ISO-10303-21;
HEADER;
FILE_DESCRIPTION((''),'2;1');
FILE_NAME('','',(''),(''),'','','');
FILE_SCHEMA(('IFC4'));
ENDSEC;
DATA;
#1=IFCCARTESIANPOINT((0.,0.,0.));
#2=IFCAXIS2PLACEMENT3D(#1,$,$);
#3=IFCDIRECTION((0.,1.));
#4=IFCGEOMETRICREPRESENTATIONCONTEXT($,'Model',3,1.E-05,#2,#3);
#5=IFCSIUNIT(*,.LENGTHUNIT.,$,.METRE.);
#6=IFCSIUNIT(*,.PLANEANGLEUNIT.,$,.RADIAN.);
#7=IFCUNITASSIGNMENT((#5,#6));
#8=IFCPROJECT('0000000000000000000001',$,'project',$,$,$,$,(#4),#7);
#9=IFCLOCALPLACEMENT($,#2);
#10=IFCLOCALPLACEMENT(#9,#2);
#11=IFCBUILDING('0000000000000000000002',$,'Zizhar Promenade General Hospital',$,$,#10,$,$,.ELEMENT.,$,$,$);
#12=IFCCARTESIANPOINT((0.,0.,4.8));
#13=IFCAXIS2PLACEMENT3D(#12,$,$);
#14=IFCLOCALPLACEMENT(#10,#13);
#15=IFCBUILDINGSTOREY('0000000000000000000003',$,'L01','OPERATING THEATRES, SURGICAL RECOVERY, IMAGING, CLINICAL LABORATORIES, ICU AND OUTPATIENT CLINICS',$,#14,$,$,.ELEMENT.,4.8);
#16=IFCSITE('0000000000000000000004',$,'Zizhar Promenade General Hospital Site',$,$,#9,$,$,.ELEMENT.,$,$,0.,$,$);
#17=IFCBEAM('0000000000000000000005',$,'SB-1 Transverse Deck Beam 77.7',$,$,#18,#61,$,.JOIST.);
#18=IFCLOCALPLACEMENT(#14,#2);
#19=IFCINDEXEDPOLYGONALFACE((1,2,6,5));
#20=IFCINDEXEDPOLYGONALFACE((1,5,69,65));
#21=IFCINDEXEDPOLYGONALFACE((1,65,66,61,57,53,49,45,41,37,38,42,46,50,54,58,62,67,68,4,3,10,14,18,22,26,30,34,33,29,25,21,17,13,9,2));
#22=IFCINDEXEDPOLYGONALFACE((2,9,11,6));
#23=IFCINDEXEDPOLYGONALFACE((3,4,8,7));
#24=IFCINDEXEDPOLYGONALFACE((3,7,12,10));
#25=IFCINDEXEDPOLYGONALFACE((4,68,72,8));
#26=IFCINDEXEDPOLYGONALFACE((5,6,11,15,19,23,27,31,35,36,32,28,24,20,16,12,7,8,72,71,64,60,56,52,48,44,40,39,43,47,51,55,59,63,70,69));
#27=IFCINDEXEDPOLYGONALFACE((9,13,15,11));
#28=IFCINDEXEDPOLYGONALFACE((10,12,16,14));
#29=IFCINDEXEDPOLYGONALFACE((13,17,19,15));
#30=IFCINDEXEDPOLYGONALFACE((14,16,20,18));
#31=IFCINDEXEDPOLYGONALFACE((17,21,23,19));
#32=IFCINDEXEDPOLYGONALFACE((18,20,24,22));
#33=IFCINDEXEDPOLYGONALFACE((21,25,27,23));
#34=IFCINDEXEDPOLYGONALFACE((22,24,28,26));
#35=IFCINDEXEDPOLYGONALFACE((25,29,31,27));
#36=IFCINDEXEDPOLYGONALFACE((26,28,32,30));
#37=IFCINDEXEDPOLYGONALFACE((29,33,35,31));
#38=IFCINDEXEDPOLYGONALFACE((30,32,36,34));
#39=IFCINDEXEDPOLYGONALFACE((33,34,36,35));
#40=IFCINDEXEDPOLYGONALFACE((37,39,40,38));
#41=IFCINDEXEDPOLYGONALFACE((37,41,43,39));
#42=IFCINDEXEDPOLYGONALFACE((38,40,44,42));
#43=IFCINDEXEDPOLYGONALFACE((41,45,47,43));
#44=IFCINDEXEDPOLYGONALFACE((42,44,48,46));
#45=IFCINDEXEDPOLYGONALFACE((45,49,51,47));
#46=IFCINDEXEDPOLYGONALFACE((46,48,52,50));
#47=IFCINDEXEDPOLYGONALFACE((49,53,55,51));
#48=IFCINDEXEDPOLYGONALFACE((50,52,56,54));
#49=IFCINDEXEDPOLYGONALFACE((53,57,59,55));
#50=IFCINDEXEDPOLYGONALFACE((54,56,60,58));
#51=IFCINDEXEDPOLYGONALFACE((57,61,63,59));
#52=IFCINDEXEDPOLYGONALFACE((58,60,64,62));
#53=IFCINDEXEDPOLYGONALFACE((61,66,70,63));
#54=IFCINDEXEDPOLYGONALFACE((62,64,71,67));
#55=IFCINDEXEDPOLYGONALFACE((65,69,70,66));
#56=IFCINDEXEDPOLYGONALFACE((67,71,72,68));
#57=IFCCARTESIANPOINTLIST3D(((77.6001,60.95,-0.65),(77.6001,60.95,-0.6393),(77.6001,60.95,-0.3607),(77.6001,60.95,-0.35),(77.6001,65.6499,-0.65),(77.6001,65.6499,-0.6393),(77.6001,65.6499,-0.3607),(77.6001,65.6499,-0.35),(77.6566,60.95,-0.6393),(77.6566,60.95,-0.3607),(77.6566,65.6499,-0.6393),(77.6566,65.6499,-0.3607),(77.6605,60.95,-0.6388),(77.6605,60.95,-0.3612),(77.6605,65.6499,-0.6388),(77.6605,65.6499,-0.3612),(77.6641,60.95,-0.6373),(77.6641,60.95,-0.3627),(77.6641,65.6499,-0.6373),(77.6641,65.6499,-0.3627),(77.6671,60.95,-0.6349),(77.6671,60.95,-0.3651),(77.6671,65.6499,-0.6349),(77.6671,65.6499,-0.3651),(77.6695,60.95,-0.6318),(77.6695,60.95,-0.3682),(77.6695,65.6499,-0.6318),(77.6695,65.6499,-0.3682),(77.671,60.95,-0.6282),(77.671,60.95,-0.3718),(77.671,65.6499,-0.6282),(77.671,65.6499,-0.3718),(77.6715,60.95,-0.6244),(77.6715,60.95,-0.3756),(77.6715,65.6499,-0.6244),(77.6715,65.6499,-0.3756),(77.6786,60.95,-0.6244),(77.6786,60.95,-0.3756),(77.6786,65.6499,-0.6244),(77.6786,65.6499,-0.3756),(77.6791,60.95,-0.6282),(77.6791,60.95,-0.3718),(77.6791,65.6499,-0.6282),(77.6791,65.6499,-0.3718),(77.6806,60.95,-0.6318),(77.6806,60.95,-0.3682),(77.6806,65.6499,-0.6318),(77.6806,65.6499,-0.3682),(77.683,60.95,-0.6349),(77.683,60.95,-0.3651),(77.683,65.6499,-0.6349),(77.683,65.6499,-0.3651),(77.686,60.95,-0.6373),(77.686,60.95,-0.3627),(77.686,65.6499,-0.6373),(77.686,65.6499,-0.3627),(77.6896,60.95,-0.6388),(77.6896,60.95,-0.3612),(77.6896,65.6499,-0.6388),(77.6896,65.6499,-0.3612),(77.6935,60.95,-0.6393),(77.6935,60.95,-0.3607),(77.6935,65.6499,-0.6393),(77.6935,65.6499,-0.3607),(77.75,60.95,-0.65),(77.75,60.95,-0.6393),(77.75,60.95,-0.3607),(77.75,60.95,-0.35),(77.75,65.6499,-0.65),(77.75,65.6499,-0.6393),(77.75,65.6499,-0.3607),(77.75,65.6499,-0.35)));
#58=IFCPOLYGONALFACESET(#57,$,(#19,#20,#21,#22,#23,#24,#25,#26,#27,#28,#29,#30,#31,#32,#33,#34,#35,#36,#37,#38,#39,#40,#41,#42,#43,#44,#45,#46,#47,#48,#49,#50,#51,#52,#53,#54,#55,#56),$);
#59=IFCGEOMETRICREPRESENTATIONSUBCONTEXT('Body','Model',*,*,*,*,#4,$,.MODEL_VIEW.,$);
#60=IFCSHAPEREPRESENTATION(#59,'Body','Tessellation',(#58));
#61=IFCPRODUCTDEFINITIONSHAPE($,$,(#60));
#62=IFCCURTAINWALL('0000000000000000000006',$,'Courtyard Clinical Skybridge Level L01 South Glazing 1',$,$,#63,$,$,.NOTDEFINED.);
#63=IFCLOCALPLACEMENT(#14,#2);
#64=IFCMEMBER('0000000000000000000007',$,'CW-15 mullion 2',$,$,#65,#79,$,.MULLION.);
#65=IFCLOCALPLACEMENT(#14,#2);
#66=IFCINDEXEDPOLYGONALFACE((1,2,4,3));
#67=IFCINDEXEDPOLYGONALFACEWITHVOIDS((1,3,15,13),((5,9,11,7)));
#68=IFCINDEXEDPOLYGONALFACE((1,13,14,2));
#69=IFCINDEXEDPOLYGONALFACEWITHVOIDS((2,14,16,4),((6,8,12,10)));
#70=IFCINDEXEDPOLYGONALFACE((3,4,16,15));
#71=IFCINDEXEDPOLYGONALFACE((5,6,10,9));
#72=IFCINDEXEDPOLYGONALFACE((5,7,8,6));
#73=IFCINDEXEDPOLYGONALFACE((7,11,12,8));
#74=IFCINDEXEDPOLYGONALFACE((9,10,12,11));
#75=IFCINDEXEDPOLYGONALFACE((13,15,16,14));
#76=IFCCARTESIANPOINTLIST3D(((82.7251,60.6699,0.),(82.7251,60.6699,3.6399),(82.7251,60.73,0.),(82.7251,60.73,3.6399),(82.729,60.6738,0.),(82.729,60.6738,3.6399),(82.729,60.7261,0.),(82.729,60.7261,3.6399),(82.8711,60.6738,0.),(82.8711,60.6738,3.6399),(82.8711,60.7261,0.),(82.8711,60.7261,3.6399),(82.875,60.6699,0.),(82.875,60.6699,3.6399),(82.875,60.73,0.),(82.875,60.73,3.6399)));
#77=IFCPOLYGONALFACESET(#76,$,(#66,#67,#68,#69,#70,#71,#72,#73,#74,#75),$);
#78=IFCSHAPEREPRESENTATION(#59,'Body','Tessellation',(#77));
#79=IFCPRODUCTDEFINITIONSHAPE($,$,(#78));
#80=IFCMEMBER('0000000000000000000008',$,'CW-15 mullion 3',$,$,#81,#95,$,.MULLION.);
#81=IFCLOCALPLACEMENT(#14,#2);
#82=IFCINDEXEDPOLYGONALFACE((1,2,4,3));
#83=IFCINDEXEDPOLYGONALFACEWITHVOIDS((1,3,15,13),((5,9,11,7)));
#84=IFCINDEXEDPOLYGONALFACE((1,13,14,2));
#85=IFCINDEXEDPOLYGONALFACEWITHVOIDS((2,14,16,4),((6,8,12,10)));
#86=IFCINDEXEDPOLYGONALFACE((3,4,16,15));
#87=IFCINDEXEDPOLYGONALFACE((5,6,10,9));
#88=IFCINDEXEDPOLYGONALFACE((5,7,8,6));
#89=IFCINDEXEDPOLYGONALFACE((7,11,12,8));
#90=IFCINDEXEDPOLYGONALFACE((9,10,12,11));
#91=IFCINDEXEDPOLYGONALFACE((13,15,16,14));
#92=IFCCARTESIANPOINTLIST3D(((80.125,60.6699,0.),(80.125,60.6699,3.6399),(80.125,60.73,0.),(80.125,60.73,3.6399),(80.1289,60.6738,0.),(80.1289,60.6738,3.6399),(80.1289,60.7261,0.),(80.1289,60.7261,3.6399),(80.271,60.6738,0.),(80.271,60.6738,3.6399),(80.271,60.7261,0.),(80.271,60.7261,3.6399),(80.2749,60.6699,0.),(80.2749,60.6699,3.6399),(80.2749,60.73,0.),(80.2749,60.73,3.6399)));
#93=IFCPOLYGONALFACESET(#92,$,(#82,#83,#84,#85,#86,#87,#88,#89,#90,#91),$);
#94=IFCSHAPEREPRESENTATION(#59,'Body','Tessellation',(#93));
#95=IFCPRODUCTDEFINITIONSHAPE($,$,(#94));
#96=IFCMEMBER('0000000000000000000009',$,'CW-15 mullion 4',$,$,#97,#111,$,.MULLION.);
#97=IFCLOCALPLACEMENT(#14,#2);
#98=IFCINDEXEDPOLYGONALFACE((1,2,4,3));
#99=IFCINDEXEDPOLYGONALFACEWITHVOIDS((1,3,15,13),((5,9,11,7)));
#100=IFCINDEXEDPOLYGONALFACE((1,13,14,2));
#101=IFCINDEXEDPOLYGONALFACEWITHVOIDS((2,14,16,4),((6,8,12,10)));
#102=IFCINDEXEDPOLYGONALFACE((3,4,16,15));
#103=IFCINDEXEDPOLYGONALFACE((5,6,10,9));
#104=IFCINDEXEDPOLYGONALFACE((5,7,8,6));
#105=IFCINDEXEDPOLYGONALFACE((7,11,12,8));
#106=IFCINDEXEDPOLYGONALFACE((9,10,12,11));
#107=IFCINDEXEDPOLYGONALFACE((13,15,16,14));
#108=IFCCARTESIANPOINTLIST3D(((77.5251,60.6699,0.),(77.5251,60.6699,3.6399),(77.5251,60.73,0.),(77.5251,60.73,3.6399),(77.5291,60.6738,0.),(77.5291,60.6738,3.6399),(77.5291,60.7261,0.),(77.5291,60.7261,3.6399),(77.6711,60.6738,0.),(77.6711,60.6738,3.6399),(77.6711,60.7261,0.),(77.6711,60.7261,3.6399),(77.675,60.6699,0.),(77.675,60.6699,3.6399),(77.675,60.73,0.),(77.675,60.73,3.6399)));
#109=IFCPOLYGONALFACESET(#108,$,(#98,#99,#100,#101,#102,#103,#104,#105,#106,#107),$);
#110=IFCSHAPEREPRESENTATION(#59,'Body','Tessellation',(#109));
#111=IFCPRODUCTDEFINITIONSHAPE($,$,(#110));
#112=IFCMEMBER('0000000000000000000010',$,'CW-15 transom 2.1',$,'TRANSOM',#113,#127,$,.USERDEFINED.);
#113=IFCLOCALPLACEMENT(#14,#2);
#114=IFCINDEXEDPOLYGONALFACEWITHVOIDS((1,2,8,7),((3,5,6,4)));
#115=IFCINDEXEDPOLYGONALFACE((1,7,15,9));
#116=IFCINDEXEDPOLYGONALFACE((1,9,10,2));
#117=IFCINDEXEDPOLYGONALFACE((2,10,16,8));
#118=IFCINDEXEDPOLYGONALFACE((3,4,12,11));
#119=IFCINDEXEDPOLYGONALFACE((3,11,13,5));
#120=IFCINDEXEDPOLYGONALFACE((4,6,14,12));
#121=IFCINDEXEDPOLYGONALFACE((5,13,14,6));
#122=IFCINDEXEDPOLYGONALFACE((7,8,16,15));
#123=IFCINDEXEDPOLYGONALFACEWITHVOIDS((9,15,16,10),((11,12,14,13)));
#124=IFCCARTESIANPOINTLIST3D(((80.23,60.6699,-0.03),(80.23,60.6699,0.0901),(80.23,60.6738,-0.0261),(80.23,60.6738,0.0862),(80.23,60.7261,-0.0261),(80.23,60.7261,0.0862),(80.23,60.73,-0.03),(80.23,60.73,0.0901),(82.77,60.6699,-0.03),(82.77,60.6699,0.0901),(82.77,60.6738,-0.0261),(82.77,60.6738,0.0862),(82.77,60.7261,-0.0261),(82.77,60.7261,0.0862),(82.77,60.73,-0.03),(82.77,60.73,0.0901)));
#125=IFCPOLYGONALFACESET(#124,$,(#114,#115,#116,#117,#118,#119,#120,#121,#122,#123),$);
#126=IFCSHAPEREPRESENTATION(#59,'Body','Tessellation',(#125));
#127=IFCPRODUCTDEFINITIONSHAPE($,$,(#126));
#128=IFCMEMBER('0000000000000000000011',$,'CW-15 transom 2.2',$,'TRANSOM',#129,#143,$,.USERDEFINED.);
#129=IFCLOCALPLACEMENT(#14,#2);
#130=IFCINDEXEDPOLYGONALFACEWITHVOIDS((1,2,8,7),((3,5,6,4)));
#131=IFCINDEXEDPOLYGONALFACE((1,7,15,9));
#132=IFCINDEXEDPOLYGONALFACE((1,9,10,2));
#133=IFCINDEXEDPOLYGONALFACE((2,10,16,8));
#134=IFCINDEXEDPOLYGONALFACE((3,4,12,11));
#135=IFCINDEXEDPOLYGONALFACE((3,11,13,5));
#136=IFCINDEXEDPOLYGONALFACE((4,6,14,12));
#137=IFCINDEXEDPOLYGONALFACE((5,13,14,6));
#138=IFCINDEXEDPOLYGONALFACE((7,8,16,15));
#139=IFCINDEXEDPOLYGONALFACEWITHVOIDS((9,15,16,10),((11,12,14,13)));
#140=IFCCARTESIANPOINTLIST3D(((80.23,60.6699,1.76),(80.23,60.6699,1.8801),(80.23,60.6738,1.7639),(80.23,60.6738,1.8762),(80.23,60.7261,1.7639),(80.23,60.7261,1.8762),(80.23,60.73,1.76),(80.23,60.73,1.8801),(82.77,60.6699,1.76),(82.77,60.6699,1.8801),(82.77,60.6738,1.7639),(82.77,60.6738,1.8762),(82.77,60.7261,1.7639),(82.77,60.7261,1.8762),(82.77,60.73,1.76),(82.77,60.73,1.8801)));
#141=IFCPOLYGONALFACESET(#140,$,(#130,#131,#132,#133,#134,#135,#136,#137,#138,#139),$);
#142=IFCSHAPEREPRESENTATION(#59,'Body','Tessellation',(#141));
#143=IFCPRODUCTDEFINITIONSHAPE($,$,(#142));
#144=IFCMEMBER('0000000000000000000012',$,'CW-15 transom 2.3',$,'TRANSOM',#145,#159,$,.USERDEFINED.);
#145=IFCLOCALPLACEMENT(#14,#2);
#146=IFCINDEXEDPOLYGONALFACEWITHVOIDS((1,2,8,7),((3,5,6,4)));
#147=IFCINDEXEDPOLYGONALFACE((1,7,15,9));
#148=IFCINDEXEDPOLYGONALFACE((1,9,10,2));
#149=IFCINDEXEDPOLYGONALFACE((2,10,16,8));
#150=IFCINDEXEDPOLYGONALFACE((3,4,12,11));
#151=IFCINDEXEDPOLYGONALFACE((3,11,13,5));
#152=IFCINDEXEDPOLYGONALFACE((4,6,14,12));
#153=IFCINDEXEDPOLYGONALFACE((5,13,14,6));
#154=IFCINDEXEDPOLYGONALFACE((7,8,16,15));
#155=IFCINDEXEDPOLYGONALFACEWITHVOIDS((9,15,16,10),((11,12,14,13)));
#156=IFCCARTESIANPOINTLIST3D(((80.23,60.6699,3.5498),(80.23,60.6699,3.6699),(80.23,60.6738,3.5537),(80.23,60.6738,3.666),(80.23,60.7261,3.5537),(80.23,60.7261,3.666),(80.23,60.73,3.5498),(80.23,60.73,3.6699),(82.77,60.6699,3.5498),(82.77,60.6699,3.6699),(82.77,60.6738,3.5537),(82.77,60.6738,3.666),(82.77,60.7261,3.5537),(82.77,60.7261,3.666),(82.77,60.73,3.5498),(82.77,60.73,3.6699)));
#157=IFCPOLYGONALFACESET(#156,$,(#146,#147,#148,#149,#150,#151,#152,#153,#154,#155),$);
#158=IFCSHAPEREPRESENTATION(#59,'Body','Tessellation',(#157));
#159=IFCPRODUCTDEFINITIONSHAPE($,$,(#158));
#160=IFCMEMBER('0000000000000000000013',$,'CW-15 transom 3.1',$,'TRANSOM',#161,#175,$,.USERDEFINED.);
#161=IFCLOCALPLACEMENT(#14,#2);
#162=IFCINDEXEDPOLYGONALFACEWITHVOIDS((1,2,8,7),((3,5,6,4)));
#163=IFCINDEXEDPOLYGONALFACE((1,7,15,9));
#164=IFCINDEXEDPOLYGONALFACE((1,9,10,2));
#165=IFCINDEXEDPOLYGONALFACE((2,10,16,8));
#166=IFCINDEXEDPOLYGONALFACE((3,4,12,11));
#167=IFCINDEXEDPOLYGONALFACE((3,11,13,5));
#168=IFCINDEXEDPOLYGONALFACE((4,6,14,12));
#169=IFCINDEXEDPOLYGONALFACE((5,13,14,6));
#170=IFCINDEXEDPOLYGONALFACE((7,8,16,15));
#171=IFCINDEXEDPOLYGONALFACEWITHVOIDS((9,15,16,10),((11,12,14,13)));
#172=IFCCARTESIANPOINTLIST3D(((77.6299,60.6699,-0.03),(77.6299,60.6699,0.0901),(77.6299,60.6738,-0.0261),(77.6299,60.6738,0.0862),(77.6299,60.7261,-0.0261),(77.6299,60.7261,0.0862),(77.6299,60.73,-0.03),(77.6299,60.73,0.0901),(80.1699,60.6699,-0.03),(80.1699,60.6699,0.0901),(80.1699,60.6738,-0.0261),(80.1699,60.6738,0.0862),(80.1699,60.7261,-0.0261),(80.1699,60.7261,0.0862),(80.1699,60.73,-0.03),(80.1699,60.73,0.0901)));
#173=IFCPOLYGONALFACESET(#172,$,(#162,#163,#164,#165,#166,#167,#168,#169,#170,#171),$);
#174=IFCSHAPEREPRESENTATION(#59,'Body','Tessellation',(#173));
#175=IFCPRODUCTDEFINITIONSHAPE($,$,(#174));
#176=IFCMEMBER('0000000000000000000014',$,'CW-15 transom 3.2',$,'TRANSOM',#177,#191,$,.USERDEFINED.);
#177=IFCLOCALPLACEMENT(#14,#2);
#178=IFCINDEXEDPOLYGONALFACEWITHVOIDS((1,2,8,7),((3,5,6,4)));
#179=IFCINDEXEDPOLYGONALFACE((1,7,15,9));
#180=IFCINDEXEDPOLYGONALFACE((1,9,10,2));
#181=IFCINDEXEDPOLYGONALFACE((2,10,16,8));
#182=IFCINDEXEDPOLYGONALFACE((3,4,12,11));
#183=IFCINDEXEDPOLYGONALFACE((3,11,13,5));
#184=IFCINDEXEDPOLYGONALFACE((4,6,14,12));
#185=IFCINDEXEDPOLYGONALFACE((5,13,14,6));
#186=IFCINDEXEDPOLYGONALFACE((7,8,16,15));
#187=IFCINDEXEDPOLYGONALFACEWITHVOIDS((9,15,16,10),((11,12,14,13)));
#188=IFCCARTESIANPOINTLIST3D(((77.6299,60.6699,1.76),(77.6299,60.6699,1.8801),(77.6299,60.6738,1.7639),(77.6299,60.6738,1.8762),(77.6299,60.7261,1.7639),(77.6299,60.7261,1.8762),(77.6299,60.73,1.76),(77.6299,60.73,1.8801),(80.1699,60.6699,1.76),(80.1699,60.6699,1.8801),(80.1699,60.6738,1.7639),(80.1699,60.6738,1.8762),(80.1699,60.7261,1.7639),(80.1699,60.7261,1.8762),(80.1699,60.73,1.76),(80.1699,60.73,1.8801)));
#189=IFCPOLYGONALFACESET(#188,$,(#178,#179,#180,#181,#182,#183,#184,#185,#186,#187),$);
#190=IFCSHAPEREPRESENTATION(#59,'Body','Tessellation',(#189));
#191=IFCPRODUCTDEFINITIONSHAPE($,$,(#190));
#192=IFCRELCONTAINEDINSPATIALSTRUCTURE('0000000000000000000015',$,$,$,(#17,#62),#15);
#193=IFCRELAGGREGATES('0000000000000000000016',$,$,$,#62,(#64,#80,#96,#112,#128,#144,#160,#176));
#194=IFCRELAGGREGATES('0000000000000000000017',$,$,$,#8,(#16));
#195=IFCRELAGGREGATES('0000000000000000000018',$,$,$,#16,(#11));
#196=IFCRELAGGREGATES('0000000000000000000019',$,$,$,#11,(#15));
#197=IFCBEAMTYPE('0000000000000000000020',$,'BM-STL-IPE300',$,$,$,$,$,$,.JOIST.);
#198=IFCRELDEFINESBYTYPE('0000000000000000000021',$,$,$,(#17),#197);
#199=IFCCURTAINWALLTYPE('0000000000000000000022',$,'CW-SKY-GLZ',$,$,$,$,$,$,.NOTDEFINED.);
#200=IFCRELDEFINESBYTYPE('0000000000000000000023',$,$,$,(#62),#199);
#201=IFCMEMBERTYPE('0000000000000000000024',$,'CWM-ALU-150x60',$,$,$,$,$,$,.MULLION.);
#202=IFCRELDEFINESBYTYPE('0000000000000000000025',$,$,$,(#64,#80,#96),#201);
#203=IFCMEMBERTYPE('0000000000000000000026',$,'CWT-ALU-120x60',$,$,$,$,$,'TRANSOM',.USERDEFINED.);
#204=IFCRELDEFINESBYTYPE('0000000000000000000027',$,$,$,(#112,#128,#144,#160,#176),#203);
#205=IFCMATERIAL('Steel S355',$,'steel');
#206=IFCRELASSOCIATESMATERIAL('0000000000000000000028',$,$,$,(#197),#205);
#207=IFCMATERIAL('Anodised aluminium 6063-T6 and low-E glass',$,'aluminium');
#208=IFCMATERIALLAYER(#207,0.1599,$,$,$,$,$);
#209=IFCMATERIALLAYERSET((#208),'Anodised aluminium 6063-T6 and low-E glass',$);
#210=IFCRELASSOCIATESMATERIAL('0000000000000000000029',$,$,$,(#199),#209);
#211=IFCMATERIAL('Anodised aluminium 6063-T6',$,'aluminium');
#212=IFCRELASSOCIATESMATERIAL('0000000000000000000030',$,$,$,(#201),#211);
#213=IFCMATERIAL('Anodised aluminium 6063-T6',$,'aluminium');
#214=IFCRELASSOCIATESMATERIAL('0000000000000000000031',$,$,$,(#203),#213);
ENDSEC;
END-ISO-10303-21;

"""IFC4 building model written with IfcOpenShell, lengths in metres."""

from ifc_helpers import new_model, si_unit, direction, frame, origin, origin_2d, place, context, subcontext, project, spatial, hollow_rectangle, i_section, extrude, material, layer, layer_set, material_profile, profile_set, type_object, element, aggregate, save


model = new_model("IFC4")

# Units and contexts
model_context = context("Model", 3, precision=1e-05, world=origin(), true_north=direction((0.0, 1.0)))
body_context = subcontext(model_context, "Body", "Model", "MODEL_VIEW")
ifc_project = project(units=[si_unit("LENGTHUNIT", "METRE"), si_unit("PLANEANGLEUNIT", "RADIAN")], contexts=[model_context])

# Site, building, storey
site_placement = place(None, origin())
site = spatial("IfcSite", under=ifc_project, at=site_placement, Name="Zizhar Promenade General Hospital Site", CompositionType="ELEMENT", RefElevation=0.0)
building_placement = place(site_placement, origin())
building = spatial("IfcBuilding", under=site, at=building_placement, Name="Zizhar Promenade General Hospital", CompositionType="ELEMENT")
storey_placement = place(building_placement, frame((0.0, 0.0, 4.8)))
storey = spatial("IfcBuildingStorey", under=building, at=storey_placement, Name="L01", Description="OPERATING THEATRES, SURGICAL RECOVERY, IMAGING, CLINICAL LABORATORIES, ICU AND OUTPATIENT CLINICS", CompositionType="ELEMENT", Elevation=4.8)

# Beam
ifc_material_1 = material(Name="Steel S355", Category="steel")
ifc_material_profile_1 = material_profile(ifc_material_1, i_section(OverallWidth=0.1499, OverallDepth=0.3, WebThickness=0.0071, FlangeThickness=0.0107, FilletRadius=0.0149, at=origin_2d()))
ifc_profile_set_1 = profile_set([ifc_material_profile_1], Name="Steel S355")
beam_type = type_object("IfcBeamType", Name="BM-STL-IPE300", PredefinedType="JOIST", material=ifc_profile_set_1)
beam_placement = place(storey_placement, frame((77.675, 60.95, -0.5), z_axis=(0.0, 1.0, 0.0), x_axis=(-1.0, 0.0, 0.0)))
element("IfcBeam", 1, at=beam_placement, inside=storey, type_object=beam_type, Name="SB-1 Transverse Deck Beam 77.7", PredefinedType="JOIST", context=body_context, shape_type="SweptSolid", body=[
    extrude(i_section(OverallWidth=0.1499, OverallDepth=0.3, WebThickness=0.0071, FlangeThickness=0.0107, FilletRadius=0.0149, at=origin_2d()), origin(), (0.0, 0.0, 1.0), 4.7),
])

# Curtain wall, members
ifc_material_2 = material(Name="Anodised aluminium 6063-T6 and low-E glass", Category="aluminium")
ifc_layer_1 = layer(ifc_material_2, 0.1599)
ifc_layer_set_1 = layer_set([ifc_layer_1], Name="Anodised aluminium 6063-T6 and low-E glass")
curtain_wall_type_1 = type_object("IfcCurtainWallType", Name="CW-SKY-GLZ", PredefinedType="NOTDEFINED", material=ifc_layer_set_1)
curtain_wall_1_placement = place(storey_placement, origin())
curtain_wall_1 = element("IfcCurtainWall", 2, at=curtain_wall_1_placement, inside=storey, type_object=curtain_wall_type_1, Name="Courtyard Clinical Skybridge Level L01 South Glazing 1", PredefinedType="NOTDEFINED")
ifc_material_3 = material(Name="Anodised aluminium 6063-T6", Category="aluminium")
ifc_material_profile_2 = material_profile(ifc_material_3, hollow_rectangle(XDim=0.0601, YDim=0.1499, WallThickness=0.0039, at=origin_2d()))
ifc_profile_set_2 = profile_set([ifc_material_profile_2], Name="Anodised aluminium 6063-T6")
member_type_1 = type_object("IfcMemberType", Name="CWM-ALU-150x60", PredefinedType="MULLION", material=ifc_profile_set_2)
member_1_placement = place(storey_placement, frame((82.8, 60.7, 0.0), z_axis=(0.0, 0.0, 1.0), x_axis=(0.0, -1.0, 0.0)))
member_1 = element("IfcMember", 3, at=member_1_placement, type_object=member_type_1, Name="CW-15 mullion 2", PredefinedType="MULLION", context=body_context, shape_type="SweptSolid", body=[
    extrude(hollow_rectangle(XDim=0.0601, YDim=0.1499, WallThickness=0.0039, at=origin_2d()), origin(), (0.0, 0.0, 1.0), 3.6399),
])
member_2_placement = place(storey_placement, frame((80.2, 60.7, 0.0), z_axis=(0.0, 0.0, 1.0), x_axis=(0.0, -1.0, 0.0)))
member_2 = element("IfcMember", 4, at=member_2_placement, type_object=member_type_1, Name="CW-15 mullion 3", PredefinedType="MULLION", context=body_context, shape_type="SweptSolid", body=[
    extrude(hollow_rectangle(XDim=0.0601, YDim=0.1499, WallThickness=0.0039, at=origin_2d()), origin(), (0.0, 0.0, 1.0), 3.6399),
])
member_3_placement = place(storey_placement, frame((77.6001, 60.7, 0.0), z_axis=(0.0, 0.0, 1.0), x_axis=(0.0, -1.0, 0.0)))
member_3 = element("IfcMember", 5, at=member_3_placement, type_object=member_type_1, Name="CW-15 mullion 4", PredefinedType="MULLION", context=body_context, shape_type="SweptSolid", body=[
    extrude(hollow_rectangle(XDim=0.0601, YDim=0.1499, WallThickness=0.0039, at=origin_2d()), origin(), (0.0, 0.0, 1.0), 3.6399),
])
ifc_material_4 = material(Name="Anodised aluminium 6063-T6", Category="aluminium")
ifc_material_profile_3 = material_profile(ifc_material_4, hollow_rectangle(XDim=0.0601, YDim=0.1201, WallThickness=0.0039, at=origin_2d()))
ifc_profile_set_3 = profile_set([ifc_material_profile_3], Name="Anodised aluminium 6063-T6")
member_type_2 = type_object("IfcMemberType", Name="CWT-ALU-120x60", ElementType="TRANSOM", PredefinedType="USERDEFINED", material=ifc_profile_set_3)
member_4_placement = place(storey_placement, frame((82.77, 60.7, 0.03), z_axis=(-1.0, 0.0, 0.0), x_axis=(0.0, -1.0, 0.0)))
member_4 = element("IfcMember", 6, at=member_4_placement, type_object=member_type_2, Name="CW-15 transom 2.1", ObjectType="TRANSOM", PredefinedType="USERDEFINED", context=body_context, shape_type="SweptSolid", body=[
    extrude(hollow_rectangle(XDim=0.0601, YDim=0.1201, WallThickness=0.0039, at=origin_2d()), origin(), (0.0, 0.0, 1.0), 2.54),
])
member_5_placement = place(storey_placement, frame((82.77, 60.7, 1.8201), z_axis=(-1.0, 0.0, 0.0), x_axis=(0.0, -1.0, 0.0)))
member_5 = element("IfcMember", 7, at=member_5_placement, type_object=member_type_2, Name="CW-15 transom 2.2", ObjectType="TRANSOM", PredefinedType="USERDEFINED", context=body_context, shape_type="SweptSolid", body=[
    extrude(hollow_rectangle(XDim=0.0601, YDim=0.1201, WallThickness=0.0039, at=origin_2d()), origin(), (0.0, 0.0, 1.0), 2.54),
])
member_6_placement = place(storey_placement, frame((82.77, 60.7, 3.6099), z_axis=(-1.0, 0.0, 0.0), x_axis=(0.0, -1.0, 0.0)))
member_6 = element("IfcMember", 8, at=member_6_placement, type_object=member_type_2, Name="CW-15 transom 2.3", ObjectType="TRANSOM", PredefinedType="USERDEFINED", context=body_context, shape_type="SweptSolid", body=[
    extrude(hollow_rectangle(XDim=0.0601, YDim=0.1201, WallThickness=0.0039, at=origin_2d()), origin(), (0.0, 0.0, 1.0), 2.54),
])
member_7_placement = place(storey_placement, frame((80.1699, 60.7, 0.03), z_axis=(-1.0, 0.0, 0.0), x_axis=(0.0, -1.0, 0.0)))
member_7 = element("IfcMember", 9, at=member_7_placement, type_object=member_type_2, Name="CW-15 transom 3.1", ObjectType="TRANSOM", PredefinedType="USERDEFINED", context=body_context, shape_type="SweptSolid", body=[
    extrude(hollow_rectangle(XDim=0.0601, YDim=0.1201, WallThickness=0.0039, at=origin_2d()), origin(), (0.0, 0.0, 1.0), 2.54),
])
member_8_placement = place(storey_placement, frame((80.1699, 60.7, 1.8201), z_axis=(-1.0, 0.0, 0.0), x_axis=(0.0, -1.0, 0.0)))
member_8 = element("IfcMember", 10, at=member_8_placement, type_object=member_type_2, Name="CW-15 transom 3.2", ObjectType="TRANSOM", PredefinedType="USERDEFINED", context=body_context, shape_type="SweptSolid", body=[
    extrude(hollow_rectangle(XDim=0.0601, YDim=0.1201, WallThickness=0.0039, at=origin_2d()), origin(), (0.0, 0.0, 1.0), 2.54),
])

aggregate(curtain_wall_1, [member_1, member_2, member_3, member_4, member_5, member_6, member_7, member_8])

save(model, "model.ifc")
